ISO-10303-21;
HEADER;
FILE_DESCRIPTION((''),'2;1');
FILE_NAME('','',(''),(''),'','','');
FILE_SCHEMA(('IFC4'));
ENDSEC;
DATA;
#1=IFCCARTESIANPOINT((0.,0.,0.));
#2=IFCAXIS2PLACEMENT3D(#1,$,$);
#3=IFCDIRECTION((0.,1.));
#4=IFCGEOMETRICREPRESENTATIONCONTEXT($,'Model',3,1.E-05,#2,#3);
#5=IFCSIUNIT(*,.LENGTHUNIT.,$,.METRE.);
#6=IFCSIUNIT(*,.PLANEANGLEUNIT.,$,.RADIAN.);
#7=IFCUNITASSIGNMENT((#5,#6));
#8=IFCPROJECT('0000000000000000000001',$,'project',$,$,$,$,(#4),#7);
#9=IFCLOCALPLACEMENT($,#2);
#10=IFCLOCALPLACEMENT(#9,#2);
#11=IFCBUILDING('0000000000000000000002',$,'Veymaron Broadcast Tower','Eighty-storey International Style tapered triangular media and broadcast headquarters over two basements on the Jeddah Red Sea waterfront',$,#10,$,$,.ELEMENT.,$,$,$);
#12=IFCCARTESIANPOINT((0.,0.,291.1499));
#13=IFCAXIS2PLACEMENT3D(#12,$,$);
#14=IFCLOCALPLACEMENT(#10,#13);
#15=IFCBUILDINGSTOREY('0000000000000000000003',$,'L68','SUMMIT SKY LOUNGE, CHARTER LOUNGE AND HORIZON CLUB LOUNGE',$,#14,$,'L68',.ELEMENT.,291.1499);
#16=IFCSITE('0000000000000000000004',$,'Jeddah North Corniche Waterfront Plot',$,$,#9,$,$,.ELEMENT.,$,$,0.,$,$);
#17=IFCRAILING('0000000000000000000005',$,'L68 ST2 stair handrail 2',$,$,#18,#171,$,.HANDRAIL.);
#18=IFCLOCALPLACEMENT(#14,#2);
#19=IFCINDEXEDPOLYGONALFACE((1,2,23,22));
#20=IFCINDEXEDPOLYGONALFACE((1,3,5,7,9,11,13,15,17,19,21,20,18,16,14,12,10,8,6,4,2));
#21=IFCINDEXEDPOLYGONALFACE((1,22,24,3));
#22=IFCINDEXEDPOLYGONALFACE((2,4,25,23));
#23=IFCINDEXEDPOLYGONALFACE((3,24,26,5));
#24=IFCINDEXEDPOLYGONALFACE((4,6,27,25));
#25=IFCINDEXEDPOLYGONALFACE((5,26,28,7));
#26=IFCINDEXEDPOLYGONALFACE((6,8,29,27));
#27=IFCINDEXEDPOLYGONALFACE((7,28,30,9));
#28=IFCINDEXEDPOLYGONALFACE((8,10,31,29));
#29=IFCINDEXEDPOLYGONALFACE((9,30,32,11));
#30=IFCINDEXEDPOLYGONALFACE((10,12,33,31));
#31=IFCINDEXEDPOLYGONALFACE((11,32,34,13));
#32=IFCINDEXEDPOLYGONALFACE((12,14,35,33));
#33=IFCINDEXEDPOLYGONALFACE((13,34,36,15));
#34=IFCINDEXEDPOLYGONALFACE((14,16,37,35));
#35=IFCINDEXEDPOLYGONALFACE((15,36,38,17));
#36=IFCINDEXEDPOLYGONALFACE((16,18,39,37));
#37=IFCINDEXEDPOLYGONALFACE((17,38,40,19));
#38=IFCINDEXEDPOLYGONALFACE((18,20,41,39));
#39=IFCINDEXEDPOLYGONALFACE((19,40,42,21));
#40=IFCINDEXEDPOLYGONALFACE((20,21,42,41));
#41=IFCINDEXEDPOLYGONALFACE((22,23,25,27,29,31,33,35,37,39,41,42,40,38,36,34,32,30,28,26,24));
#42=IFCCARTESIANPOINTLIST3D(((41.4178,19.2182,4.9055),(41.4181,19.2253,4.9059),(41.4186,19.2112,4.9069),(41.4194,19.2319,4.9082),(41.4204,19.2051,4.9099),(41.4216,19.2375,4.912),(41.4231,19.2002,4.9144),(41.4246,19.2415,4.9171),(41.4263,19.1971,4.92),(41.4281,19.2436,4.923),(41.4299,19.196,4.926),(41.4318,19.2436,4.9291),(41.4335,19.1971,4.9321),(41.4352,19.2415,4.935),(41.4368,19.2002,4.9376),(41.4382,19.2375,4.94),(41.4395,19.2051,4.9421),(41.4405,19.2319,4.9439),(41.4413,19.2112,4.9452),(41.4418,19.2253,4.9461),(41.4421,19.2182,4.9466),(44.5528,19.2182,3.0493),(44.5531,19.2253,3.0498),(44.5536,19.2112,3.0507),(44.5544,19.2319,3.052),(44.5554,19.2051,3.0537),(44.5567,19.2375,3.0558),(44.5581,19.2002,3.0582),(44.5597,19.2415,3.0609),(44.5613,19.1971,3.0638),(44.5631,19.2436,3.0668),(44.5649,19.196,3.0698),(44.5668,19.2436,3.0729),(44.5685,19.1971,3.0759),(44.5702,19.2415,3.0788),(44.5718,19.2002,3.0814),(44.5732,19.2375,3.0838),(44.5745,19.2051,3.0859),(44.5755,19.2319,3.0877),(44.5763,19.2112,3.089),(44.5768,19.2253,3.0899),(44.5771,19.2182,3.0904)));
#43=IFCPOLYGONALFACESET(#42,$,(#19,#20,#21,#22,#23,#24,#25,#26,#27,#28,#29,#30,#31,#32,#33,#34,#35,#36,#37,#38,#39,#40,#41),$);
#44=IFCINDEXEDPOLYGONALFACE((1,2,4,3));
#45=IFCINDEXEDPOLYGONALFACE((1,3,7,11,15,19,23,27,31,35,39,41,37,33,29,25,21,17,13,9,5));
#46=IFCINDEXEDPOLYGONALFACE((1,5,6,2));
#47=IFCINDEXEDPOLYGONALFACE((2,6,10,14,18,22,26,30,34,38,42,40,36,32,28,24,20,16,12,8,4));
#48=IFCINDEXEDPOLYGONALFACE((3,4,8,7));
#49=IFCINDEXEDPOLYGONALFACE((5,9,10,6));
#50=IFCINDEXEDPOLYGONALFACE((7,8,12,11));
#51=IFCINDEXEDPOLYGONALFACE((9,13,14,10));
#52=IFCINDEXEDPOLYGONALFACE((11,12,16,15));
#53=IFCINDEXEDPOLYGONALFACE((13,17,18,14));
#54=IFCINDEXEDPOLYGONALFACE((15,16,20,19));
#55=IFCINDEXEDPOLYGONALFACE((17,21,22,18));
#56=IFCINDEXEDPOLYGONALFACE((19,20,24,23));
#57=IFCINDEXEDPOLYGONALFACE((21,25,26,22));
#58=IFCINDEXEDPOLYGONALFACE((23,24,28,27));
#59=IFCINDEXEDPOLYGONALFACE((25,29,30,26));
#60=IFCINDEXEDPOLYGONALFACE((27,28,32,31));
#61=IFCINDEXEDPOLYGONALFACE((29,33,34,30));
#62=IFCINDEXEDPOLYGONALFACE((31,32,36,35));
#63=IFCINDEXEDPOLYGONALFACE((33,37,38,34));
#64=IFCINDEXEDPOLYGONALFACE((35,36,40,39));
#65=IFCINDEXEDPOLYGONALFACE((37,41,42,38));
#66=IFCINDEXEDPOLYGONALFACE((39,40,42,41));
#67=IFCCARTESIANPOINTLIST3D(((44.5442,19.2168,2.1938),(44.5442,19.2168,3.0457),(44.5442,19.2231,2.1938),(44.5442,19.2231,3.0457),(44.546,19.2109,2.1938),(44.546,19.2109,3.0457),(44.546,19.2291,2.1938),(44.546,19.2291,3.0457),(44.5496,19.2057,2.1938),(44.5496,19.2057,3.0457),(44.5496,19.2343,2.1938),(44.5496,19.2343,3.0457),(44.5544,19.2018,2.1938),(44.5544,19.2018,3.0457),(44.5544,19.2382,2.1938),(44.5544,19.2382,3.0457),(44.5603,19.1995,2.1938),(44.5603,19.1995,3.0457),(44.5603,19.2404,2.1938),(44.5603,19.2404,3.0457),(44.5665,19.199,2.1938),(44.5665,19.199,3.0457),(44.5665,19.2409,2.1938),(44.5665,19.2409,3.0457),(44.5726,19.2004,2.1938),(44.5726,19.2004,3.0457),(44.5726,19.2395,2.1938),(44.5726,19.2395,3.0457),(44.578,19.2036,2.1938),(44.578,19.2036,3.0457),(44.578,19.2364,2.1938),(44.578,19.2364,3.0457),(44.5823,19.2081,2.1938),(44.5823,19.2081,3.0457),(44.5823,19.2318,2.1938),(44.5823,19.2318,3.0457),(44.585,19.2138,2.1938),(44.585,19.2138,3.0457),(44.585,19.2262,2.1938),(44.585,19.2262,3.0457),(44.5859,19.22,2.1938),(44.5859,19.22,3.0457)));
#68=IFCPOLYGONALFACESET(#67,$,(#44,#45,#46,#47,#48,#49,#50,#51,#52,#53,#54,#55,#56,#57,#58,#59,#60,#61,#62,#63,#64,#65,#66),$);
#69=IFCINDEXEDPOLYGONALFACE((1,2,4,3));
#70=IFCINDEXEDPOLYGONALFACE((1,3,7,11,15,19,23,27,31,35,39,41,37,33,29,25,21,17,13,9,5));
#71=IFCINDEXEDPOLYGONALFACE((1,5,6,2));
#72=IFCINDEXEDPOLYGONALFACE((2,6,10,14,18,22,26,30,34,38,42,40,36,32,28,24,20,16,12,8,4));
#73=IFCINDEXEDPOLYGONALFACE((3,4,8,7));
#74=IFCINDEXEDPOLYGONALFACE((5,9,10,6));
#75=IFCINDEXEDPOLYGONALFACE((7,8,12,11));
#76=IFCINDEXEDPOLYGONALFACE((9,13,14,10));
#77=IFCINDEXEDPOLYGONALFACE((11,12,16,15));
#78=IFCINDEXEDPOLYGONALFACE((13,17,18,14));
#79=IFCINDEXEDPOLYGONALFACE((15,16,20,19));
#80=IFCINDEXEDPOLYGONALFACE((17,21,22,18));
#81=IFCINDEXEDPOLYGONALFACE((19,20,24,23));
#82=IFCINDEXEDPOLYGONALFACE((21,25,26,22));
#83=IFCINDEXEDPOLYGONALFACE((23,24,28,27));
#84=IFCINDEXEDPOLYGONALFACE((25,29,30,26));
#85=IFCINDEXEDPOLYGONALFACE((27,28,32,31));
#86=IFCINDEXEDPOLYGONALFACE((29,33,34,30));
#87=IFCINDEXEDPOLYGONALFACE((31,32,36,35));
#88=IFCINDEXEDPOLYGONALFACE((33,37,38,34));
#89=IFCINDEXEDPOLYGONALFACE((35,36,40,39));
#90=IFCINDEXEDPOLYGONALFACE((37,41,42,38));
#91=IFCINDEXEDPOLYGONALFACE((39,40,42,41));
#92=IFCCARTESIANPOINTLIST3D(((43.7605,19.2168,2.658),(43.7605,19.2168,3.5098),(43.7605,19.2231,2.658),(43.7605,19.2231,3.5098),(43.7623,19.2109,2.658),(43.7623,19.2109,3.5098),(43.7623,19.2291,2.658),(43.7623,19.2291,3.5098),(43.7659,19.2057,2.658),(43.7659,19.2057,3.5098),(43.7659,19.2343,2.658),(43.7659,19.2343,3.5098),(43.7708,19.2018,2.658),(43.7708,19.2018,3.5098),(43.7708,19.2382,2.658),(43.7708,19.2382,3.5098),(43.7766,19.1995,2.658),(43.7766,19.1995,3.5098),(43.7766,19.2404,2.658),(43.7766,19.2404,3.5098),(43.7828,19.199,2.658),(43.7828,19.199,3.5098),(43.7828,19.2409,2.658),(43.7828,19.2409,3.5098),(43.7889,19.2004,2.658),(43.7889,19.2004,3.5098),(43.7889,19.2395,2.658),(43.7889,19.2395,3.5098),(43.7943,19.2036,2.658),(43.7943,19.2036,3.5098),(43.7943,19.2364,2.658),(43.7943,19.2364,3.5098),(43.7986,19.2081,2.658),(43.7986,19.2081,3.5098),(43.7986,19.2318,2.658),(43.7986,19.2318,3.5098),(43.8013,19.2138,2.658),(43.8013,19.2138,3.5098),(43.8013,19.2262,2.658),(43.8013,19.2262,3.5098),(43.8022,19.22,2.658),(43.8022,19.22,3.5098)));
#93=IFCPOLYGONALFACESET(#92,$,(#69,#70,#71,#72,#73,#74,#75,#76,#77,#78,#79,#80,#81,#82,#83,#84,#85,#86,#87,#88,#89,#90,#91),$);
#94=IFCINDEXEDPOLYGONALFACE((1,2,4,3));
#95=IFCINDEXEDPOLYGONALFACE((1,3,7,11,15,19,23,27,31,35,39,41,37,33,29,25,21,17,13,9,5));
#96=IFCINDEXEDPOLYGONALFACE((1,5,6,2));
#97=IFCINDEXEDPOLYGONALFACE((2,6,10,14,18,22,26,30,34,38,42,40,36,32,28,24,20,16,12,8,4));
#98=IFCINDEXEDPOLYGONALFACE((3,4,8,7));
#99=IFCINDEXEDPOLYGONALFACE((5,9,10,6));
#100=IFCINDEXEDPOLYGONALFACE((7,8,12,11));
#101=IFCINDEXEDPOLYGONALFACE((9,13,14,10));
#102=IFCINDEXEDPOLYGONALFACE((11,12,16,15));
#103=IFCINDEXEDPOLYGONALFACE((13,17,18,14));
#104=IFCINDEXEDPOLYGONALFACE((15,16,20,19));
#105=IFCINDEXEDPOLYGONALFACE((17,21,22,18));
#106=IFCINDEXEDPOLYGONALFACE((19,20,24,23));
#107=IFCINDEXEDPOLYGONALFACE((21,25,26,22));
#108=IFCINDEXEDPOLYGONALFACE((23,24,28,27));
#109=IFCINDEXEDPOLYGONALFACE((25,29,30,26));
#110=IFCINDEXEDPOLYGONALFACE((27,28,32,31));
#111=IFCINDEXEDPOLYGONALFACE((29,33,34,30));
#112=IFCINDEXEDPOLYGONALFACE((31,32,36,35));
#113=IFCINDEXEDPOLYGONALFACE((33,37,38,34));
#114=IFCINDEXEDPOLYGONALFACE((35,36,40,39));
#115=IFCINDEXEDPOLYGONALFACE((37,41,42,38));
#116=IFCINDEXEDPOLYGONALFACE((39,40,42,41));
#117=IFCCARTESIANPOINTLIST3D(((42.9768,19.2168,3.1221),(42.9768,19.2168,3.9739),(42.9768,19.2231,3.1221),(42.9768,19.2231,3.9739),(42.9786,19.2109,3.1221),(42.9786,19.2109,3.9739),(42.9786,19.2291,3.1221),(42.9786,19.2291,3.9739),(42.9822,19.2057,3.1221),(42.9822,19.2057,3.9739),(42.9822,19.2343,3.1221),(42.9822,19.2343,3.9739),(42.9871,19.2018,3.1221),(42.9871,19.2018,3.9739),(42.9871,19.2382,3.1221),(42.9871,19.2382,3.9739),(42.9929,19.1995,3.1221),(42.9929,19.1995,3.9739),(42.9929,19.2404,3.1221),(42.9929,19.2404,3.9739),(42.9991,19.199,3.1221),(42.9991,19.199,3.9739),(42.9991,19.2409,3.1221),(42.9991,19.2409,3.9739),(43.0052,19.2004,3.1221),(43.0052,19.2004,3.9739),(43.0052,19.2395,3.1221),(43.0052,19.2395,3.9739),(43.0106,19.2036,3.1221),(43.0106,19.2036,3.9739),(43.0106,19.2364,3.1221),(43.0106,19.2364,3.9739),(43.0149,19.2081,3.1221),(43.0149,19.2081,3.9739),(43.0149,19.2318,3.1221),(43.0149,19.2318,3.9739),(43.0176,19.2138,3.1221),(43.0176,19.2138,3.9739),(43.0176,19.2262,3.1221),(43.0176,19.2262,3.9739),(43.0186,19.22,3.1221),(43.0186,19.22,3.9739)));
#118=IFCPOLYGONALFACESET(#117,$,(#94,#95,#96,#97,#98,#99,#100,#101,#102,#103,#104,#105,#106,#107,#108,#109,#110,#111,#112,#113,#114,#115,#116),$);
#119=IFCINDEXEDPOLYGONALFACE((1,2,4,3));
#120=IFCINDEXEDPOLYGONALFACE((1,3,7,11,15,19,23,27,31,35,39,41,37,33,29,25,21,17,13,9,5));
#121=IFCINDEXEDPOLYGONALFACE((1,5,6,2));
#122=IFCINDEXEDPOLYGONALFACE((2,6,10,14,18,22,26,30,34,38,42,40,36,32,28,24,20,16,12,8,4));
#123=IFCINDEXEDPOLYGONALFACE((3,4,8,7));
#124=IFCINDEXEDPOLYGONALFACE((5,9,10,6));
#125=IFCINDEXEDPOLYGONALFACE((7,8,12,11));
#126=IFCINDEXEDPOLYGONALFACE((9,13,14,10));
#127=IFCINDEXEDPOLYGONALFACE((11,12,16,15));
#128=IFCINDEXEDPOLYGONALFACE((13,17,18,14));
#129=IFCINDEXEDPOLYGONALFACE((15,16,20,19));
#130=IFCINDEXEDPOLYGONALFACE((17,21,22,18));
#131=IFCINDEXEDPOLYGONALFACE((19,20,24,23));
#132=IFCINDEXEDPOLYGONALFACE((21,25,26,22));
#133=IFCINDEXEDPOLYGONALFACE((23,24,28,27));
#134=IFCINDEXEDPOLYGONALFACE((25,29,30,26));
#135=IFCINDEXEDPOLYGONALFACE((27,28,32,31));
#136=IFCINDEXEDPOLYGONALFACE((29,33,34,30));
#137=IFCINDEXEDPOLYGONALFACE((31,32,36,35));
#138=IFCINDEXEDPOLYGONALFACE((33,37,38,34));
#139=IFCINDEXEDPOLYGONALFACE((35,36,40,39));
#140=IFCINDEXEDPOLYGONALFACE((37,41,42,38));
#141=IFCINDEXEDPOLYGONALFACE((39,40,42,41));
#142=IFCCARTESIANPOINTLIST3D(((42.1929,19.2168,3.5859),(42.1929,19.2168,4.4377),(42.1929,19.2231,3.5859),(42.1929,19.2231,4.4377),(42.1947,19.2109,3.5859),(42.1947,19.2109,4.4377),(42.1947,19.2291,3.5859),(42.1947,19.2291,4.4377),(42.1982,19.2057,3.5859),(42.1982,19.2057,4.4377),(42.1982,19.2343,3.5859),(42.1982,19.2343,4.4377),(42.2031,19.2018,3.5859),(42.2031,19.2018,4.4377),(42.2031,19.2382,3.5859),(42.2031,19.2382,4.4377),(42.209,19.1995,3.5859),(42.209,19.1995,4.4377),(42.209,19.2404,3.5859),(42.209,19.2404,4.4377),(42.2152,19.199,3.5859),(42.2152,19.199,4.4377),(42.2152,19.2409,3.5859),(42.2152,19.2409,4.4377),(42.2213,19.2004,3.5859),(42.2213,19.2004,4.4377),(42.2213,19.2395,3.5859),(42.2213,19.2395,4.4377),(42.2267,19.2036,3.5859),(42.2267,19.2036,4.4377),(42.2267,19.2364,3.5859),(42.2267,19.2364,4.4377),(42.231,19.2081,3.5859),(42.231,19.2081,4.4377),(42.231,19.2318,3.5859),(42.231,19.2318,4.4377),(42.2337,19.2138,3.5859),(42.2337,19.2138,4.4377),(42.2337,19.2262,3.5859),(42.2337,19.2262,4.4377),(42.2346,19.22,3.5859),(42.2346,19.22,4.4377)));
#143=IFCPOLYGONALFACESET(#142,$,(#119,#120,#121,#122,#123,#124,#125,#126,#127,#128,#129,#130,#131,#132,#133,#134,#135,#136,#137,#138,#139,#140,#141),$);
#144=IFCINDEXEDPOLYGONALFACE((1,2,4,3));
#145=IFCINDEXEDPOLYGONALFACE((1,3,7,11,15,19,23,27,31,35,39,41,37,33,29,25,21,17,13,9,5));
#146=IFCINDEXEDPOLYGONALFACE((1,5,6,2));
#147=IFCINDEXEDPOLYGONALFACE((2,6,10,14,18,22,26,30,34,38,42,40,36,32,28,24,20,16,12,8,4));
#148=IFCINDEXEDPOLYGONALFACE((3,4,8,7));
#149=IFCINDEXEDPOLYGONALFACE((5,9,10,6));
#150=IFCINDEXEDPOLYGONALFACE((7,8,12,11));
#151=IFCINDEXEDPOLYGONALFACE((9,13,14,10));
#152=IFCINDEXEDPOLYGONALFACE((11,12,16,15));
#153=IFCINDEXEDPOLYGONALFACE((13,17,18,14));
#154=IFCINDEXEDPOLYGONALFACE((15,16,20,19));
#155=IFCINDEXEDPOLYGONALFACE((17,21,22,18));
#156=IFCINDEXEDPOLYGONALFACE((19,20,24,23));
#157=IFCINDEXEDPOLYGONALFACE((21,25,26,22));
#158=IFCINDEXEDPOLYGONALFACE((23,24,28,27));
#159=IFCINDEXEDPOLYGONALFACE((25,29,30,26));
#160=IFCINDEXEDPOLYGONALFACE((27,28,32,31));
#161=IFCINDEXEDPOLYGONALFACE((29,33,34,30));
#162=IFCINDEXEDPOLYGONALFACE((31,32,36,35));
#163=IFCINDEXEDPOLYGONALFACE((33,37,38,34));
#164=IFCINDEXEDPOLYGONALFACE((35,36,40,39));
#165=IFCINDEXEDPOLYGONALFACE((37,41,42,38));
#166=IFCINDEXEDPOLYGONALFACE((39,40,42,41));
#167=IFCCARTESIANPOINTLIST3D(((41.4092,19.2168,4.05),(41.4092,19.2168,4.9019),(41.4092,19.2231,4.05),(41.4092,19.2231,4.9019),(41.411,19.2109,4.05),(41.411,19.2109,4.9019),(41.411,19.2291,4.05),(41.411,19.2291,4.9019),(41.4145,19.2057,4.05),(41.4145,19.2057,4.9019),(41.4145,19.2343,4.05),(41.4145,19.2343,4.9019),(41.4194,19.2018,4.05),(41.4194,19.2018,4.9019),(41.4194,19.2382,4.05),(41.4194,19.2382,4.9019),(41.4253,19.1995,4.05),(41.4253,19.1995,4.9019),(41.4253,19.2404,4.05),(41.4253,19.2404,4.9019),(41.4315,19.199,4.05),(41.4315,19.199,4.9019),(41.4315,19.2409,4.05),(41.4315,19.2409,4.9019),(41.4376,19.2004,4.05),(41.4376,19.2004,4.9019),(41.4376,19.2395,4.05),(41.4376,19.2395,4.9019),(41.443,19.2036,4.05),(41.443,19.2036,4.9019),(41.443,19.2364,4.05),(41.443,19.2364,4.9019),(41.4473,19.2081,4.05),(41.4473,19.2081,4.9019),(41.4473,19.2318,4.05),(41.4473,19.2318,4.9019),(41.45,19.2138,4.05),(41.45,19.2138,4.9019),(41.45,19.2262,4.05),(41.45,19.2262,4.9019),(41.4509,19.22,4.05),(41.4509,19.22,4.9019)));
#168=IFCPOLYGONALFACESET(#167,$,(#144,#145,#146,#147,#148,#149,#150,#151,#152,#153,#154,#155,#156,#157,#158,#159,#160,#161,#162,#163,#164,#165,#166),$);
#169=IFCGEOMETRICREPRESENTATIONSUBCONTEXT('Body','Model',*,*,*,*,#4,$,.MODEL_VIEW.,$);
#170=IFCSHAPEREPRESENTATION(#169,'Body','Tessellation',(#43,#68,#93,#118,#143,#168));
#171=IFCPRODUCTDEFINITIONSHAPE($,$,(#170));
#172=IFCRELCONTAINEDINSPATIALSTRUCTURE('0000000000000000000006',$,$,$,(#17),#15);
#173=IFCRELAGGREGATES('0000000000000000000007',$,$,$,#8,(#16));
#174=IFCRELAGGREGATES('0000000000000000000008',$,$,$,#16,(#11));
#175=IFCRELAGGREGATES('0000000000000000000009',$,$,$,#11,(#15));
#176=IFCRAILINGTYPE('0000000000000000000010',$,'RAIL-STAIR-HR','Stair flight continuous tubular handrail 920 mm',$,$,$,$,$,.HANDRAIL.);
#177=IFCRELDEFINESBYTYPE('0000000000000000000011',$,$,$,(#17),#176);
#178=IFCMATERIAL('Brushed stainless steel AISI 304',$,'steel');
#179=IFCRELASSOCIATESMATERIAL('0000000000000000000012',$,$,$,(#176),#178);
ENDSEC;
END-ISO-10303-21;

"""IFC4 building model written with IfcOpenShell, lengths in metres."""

from ifc_helpers import new_model, si_unit, direction, frame, origin, origin_2d, place, context, subcontext, project, spatial, circle, extrude, material, type_object, element, save


model = new_model("IFC4")

# Units and contexts
model_context = context("Model", 3, precision=1e-05, world=origin(), true_north=direction((0.0, 1.0)))
body_context = subcontext(model_context, "Body", "Model", "MODEL_VIEW")
ifc_project = project(units=[si_unit("LENGTHUNIT", "METRE"), si_unit("PLANEANGLEUNIT", "RADIAN")], contexts=[model_context])

# Site, building, storey
site_placement = place(None, origin())
site = spatial("IfcSite", under=ifc_project, at=site_placement, Name="Jeddah North Corniche Waterfront Plot", CompositionType="ELEMENT", RefElevation=0.0)
building_placement = place(site_placement, origin())
building = spatial("IfcBuilding", under=site, at=building_placement, Name="Veymaron Broadcast Tower", Description="Eighty-storey International Style tapered triangular media and broadcast headquarters over two basements on the Jeddah Red Sea waterfront", CompositionType="ELEMENT")
storey_placement = place(building_placement, frame((0.0, 0.0, 291.1499)))
storey = spatial("IfcBuildingStorey", under=building, at=storey_placement, Name="L68", Description="SUMMIT SKY LOUNGE, CHARTER LOUNGE AND HORIZON CLUB LOUNGE", LongName="L68", CompositionType="ELEMENT", Elevation=291.1499)

# Shared definitions
ifc_material_1 = material(Name="Brushed stainless steel AISI 304", Category="steel")

# Railing
railing_type_1 = type_object("IfcRailingType", Name="RAIL-STAIR-HR", Description="Stair flight continuous tubular handrail 920 mm", PredefinedType="HANDRAIL", material=ifc_material_1)
railing_1_placement = place(storey_placement, frame((44.5649, 19.22, 2.1938)))
element("IfcRailing", 1, at=railing_1_placement, inside=storey, type_object=railing_type_1, Name="L68 ST2 stair handrail 2", PredefinedType="HANDRAIL", context=body_context, shape_type="SweptSolid", body=[
    extrude(circle(Radius=0.0239, at=origin_2d()), frame((0.0, 0.0, 0.876), z_axis=(-0.860482, 0.0, 0.509481), x_axis=(0.0, -1.0, 0.0)), (0.0, 0.0, 1.0), 3.6433),
    extrude(circle(Radius=0.021, at=origin_2d()), origin(), (0.0, 0.0, 1.0), 0.8518),
    extrude(circle(Radius=0.021, at=origin_2d()), frame((-0.7837, 0.0, 0.4641)), (0.0, 0.0, 1.0), 0.8518),
    extrude(circle(Radius=0.021, at=origin_2d()), frame((-1.5674, 0.0, 0.9282)), (0.0, 0.0, 1.0), 0.8518),
    extrude(circle(Radius=0.021, at=origin_2d()), frame((-2.3513, 0.0, 1.3921)), (0.0, 0.0, 1.0), 0.8518),
    extrude(circle(Radius=0.021, at=origin_2d()), frame((-3.135, 0.0, 1.8562)), (0.0, 0.0, 1.0), 0.8518),
])

save(model, "model.ifc")
